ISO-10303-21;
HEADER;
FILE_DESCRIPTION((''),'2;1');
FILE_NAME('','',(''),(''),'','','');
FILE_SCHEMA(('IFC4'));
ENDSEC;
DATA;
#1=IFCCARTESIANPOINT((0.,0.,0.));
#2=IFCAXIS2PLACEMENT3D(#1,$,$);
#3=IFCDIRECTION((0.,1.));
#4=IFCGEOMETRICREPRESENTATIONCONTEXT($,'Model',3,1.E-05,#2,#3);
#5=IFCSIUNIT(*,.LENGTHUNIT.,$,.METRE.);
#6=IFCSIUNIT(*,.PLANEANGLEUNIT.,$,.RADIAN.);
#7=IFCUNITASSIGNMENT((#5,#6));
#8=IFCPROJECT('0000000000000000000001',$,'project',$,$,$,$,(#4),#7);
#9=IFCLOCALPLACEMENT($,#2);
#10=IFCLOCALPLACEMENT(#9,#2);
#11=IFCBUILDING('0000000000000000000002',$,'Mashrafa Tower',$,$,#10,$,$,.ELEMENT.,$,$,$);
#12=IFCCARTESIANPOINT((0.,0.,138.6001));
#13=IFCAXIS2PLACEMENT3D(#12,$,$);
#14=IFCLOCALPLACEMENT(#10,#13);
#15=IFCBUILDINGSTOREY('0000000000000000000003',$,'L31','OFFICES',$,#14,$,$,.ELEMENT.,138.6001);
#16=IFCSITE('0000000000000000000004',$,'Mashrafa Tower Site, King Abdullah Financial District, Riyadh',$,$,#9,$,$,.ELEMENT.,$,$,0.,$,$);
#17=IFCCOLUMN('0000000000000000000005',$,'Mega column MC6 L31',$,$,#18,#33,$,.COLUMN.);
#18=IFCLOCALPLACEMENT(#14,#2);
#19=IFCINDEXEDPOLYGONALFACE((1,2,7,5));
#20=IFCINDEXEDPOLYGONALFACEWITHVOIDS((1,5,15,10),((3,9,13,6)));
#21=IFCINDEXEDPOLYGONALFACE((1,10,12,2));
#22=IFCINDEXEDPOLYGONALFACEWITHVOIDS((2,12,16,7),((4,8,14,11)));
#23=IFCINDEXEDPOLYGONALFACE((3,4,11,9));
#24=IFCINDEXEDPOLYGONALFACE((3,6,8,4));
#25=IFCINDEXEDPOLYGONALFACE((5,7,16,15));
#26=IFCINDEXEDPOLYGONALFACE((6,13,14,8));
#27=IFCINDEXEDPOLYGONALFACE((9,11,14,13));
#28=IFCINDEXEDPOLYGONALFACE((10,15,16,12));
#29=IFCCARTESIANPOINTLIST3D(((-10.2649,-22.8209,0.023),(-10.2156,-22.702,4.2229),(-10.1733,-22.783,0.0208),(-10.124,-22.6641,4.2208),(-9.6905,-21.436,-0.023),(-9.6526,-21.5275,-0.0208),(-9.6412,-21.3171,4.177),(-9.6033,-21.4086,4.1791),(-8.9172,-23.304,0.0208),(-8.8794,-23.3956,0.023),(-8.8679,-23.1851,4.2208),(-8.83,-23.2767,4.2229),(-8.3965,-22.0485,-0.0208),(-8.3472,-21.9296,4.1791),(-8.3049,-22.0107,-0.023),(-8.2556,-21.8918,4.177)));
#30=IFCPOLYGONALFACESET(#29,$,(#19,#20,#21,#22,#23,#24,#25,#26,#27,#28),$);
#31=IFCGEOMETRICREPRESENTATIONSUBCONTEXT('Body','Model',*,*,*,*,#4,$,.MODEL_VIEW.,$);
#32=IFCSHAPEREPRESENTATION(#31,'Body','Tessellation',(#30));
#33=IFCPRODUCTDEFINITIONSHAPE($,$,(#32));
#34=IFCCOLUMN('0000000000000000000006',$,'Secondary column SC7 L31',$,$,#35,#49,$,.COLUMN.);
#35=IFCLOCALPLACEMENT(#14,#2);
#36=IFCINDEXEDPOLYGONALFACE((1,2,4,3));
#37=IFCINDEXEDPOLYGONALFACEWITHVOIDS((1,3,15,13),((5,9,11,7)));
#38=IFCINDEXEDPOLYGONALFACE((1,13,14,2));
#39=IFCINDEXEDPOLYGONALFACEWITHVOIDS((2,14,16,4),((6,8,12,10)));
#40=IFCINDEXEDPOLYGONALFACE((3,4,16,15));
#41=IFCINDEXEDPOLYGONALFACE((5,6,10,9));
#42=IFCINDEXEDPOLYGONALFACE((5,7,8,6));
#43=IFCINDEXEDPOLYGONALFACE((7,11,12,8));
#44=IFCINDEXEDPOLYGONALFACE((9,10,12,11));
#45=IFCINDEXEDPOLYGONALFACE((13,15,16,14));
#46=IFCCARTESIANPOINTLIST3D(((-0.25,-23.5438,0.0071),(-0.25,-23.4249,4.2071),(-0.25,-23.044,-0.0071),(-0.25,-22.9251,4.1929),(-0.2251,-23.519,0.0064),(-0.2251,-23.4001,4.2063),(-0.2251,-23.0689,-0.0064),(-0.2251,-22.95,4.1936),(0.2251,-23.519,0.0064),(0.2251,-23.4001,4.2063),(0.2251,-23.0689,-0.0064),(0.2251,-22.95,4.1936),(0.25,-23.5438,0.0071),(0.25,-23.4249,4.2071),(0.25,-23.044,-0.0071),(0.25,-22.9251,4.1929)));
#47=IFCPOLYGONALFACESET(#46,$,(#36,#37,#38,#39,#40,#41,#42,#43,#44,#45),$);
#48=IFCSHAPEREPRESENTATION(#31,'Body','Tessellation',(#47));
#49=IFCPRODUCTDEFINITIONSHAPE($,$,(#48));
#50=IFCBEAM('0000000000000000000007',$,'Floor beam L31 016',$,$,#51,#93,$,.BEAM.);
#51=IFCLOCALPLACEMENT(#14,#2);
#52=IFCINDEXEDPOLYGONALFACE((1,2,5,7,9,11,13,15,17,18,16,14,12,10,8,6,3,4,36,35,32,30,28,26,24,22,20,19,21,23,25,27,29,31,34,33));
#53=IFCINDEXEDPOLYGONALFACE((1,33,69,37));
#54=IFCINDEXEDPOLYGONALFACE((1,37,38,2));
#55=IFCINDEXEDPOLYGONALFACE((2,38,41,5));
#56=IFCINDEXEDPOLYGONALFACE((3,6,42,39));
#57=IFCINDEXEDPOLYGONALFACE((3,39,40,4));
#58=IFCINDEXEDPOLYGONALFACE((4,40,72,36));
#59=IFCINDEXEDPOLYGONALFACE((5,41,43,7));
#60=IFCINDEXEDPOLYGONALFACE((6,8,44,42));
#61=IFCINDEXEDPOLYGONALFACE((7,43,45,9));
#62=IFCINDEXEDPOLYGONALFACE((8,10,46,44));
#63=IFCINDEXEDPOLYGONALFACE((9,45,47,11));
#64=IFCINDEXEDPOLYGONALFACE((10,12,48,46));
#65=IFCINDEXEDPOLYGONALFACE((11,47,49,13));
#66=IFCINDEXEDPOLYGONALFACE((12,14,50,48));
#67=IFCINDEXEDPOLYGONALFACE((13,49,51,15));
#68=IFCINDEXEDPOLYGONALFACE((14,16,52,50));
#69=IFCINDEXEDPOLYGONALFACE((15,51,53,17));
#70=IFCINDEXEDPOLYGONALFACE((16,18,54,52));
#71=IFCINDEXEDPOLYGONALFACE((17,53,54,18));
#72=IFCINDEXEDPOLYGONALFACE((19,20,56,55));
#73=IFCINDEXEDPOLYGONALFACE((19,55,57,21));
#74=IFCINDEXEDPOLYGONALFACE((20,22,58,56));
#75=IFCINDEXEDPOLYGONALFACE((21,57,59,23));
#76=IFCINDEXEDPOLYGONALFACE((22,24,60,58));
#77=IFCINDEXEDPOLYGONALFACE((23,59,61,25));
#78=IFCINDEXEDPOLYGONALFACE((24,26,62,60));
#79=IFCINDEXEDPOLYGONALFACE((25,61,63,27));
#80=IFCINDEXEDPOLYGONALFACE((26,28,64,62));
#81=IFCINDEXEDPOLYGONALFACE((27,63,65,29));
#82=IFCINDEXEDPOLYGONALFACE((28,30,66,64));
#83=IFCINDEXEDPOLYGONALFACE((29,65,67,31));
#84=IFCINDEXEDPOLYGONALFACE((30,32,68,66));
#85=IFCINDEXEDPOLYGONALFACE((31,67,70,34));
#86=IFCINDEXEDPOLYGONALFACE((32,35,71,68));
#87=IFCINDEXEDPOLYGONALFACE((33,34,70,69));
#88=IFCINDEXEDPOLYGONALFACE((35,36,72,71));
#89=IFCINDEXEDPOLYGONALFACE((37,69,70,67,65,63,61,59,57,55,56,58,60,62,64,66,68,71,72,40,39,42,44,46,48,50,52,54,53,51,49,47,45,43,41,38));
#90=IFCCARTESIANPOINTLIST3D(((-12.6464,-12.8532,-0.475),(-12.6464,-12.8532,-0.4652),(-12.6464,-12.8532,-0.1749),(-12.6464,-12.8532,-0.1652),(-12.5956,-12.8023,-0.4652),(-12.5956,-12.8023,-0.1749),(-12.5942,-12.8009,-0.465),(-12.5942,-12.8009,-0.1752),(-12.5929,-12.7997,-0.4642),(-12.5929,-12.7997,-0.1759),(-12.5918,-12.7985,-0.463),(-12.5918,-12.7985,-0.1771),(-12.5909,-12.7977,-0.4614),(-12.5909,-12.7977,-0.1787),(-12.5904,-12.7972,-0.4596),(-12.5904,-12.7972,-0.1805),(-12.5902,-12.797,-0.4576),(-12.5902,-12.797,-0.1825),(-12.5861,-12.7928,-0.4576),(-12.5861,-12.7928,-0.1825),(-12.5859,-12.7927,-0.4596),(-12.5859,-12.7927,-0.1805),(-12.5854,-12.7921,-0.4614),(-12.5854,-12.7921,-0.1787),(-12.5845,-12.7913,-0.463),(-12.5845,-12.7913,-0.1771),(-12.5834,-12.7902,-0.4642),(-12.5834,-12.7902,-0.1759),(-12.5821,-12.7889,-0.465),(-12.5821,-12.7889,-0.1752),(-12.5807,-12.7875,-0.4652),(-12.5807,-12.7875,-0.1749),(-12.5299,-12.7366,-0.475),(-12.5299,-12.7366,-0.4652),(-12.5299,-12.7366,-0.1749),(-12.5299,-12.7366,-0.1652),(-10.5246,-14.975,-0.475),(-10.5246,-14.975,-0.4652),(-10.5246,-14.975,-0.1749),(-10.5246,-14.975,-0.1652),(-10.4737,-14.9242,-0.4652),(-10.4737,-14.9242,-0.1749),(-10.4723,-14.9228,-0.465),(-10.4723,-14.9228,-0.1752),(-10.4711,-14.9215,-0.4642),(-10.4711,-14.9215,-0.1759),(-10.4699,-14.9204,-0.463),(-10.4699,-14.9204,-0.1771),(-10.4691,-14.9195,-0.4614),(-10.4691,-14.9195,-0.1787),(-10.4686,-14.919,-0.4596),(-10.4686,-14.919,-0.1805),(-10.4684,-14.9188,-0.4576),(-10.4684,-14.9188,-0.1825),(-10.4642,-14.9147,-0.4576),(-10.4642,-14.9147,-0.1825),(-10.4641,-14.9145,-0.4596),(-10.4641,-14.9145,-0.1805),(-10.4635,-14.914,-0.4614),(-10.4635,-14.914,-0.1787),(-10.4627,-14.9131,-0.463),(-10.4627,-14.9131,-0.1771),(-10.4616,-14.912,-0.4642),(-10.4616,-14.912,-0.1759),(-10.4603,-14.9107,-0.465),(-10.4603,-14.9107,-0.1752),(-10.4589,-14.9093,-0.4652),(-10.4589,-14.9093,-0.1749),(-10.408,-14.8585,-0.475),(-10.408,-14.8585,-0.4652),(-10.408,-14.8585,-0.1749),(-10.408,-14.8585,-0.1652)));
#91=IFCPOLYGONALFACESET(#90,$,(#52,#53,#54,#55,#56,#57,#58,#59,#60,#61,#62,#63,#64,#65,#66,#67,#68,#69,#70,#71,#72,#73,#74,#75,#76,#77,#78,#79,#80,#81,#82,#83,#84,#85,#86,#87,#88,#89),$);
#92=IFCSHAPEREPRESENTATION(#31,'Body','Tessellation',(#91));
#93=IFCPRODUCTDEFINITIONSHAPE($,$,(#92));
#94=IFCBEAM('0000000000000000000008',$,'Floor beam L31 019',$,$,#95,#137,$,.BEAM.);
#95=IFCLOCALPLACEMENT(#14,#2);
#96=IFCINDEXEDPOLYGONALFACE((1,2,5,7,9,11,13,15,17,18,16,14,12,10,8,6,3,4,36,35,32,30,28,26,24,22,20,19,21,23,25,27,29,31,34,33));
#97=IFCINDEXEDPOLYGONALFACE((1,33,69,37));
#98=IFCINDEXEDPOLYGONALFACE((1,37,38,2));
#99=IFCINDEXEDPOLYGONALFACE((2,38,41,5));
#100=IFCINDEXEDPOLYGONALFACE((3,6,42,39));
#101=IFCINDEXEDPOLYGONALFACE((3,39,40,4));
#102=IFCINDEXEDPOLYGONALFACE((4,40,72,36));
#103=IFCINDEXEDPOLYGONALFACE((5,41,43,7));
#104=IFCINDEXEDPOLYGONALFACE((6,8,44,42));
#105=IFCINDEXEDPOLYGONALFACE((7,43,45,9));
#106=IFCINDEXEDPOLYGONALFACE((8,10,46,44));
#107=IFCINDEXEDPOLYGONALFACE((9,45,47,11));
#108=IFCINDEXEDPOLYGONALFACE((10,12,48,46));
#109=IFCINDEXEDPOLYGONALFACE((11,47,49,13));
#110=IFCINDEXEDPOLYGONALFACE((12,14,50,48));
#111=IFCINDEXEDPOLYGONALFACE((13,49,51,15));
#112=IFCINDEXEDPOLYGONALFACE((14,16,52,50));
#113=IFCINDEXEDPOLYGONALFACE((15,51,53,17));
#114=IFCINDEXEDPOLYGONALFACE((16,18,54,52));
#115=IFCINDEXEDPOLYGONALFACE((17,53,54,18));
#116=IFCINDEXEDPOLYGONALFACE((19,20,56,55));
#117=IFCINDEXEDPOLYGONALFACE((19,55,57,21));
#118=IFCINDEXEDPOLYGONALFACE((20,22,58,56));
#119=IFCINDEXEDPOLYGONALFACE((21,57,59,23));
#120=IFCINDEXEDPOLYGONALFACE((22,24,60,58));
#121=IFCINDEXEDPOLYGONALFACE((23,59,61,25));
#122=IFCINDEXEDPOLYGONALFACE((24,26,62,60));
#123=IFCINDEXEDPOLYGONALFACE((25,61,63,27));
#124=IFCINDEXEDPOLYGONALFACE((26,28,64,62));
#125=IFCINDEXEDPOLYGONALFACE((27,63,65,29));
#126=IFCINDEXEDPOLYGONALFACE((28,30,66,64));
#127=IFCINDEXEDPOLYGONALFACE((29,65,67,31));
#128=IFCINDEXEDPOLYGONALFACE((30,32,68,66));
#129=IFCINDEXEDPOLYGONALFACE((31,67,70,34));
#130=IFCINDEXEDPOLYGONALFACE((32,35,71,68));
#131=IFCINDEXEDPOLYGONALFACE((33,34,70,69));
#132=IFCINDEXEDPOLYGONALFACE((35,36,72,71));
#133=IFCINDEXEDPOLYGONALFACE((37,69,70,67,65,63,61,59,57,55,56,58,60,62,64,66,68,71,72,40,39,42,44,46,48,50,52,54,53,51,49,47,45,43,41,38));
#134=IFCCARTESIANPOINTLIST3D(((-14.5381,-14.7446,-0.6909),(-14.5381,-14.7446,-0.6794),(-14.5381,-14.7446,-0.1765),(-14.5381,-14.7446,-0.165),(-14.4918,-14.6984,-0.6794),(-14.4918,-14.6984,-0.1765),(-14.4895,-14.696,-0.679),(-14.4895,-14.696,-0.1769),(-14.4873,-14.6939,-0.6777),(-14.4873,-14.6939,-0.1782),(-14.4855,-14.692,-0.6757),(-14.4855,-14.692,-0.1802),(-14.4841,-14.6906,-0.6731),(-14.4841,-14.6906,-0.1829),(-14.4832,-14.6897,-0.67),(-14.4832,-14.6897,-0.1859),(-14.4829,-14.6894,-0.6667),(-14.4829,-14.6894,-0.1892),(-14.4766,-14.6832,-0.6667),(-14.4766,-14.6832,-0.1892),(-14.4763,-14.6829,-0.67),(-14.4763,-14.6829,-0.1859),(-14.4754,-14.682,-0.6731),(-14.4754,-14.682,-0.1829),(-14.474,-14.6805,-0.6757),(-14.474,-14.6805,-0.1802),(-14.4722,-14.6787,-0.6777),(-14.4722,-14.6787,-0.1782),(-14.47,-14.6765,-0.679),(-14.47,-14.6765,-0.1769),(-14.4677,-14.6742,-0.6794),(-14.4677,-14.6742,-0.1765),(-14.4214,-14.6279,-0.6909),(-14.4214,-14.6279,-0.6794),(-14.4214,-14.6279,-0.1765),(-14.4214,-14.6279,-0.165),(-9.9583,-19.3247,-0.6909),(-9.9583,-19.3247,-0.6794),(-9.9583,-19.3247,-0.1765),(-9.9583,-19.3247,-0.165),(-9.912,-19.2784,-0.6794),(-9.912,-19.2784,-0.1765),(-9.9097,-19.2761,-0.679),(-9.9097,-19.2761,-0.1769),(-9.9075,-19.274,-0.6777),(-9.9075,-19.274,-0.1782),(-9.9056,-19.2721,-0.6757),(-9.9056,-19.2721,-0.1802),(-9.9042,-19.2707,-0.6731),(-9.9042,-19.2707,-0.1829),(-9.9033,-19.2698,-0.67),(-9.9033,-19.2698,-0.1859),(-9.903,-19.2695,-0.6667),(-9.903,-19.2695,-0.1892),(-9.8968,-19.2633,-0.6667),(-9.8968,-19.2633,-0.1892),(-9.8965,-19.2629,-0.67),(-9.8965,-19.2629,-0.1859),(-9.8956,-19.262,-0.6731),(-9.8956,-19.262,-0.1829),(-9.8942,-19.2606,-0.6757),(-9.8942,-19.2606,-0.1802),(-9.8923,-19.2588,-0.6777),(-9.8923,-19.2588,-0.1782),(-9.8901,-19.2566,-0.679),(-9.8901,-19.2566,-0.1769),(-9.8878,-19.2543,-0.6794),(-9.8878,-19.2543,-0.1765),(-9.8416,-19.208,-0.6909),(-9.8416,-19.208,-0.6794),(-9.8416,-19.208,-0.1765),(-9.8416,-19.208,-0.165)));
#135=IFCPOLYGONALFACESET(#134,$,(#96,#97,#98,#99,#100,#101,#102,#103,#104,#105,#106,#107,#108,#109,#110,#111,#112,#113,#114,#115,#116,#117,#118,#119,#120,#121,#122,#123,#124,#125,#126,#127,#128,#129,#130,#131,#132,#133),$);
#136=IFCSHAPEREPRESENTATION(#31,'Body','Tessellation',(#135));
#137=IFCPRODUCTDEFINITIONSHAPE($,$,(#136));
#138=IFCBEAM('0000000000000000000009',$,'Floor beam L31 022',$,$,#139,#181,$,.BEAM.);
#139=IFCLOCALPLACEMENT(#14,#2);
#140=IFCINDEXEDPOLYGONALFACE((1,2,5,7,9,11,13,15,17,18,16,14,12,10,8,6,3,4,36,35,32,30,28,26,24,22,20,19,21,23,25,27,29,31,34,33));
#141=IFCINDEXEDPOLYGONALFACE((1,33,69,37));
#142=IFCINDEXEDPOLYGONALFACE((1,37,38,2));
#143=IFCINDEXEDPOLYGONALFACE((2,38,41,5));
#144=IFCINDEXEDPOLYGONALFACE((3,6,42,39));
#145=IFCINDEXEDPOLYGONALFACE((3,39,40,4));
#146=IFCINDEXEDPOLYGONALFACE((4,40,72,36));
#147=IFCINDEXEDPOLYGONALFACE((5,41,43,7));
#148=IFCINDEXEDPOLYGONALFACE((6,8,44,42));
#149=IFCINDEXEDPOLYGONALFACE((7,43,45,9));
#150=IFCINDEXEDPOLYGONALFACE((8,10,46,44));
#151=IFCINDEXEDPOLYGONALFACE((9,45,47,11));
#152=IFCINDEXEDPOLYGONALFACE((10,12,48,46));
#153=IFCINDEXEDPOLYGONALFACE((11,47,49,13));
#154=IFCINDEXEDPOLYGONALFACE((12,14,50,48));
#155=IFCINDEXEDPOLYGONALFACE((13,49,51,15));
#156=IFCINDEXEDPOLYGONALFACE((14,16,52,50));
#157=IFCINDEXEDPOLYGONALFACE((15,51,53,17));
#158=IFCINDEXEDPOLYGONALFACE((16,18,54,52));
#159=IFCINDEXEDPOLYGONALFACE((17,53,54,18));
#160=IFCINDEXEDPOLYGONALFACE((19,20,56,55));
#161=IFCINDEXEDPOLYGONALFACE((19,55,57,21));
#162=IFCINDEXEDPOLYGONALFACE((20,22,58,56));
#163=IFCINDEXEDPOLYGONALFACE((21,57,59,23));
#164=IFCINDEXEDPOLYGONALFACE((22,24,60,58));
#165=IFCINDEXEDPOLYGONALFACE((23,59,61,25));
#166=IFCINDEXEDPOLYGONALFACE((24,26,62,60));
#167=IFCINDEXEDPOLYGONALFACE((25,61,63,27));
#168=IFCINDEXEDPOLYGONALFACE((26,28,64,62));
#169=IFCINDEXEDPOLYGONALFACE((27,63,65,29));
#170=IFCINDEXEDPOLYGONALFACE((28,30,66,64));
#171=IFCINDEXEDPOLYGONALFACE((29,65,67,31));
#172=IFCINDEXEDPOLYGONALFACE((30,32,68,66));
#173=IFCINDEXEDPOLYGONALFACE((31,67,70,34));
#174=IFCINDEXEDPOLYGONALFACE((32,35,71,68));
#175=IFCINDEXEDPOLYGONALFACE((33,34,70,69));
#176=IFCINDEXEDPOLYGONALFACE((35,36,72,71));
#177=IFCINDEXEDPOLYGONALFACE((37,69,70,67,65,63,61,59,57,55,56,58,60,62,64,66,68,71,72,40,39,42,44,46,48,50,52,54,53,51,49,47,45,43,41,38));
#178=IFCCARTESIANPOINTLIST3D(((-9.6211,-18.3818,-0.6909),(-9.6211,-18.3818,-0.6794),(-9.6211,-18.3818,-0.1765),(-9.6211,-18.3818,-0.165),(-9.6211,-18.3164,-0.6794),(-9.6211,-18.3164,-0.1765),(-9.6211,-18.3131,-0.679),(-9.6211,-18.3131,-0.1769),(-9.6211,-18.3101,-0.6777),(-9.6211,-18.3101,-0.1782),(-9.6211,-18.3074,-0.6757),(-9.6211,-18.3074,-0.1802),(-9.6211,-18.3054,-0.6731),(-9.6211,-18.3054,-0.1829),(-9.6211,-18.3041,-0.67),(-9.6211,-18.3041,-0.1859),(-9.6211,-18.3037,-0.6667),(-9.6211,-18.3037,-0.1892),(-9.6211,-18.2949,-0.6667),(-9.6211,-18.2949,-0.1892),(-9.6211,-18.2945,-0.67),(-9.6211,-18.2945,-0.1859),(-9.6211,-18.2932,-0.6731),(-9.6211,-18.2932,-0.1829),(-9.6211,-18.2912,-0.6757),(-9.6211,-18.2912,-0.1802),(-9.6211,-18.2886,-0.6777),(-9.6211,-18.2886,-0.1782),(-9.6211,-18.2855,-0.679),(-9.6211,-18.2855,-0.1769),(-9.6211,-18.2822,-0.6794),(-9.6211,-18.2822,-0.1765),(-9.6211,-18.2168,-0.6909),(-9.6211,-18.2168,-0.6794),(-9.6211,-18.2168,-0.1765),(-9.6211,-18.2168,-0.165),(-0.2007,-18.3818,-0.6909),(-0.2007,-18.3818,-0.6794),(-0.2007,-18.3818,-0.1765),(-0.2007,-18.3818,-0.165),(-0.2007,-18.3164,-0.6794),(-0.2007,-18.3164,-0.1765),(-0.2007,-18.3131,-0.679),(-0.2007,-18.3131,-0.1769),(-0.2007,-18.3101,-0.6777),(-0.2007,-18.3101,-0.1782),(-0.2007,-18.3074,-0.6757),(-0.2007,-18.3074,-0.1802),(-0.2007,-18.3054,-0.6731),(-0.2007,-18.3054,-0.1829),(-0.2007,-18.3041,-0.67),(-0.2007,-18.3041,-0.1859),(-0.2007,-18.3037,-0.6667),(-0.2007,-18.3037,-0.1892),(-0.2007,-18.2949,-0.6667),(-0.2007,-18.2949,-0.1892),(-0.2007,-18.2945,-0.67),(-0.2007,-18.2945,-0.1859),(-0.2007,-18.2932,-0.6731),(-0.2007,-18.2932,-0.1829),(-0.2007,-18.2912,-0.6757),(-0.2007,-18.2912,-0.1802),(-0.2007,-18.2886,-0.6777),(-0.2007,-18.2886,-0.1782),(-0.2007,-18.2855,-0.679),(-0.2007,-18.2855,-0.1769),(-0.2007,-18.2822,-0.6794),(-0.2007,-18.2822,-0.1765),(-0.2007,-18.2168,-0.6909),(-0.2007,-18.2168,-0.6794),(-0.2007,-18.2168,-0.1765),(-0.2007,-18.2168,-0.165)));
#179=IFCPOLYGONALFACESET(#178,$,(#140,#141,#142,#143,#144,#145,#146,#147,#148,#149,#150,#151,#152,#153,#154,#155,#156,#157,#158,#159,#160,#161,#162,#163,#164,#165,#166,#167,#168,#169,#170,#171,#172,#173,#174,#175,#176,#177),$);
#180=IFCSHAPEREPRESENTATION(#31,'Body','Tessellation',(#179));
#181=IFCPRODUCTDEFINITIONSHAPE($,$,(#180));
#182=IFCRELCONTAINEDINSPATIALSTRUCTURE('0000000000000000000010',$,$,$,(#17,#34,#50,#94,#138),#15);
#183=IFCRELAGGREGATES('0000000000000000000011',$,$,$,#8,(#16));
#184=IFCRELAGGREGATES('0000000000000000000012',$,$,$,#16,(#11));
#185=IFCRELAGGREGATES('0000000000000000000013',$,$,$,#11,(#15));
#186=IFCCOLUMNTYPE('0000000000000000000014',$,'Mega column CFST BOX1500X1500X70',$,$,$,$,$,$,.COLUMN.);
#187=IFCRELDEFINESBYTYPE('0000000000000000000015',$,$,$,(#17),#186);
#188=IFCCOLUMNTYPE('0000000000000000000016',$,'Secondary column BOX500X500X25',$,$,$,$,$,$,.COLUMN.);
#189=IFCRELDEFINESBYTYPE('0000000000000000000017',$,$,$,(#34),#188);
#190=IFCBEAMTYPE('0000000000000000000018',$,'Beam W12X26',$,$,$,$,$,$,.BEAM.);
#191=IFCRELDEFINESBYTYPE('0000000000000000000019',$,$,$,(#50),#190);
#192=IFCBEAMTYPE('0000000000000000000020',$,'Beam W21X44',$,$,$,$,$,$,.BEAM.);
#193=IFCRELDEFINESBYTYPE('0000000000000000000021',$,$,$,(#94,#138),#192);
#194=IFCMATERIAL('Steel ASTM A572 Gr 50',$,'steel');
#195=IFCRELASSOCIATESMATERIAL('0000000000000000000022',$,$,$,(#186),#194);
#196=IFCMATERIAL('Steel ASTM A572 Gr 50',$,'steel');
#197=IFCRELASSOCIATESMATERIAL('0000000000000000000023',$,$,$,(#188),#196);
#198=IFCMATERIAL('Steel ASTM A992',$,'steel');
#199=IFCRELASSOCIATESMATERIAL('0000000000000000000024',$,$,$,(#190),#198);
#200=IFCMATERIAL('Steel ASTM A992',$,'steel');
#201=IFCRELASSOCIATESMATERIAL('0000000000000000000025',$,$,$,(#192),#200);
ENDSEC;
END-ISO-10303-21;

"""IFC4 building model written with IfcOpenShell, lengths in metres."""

from ifc_helpers import new_model, si_unit, direction, frame, origin, origin_2d, place, context, subcontext, project, spatial, hollow_rectangle, i_section, extrude, material, material_profile, profile_set, type_object, element, save


model = new_model("IFC4")

# Units and contexts
model_context = context("Model", 3, precision=1e-05, world=origin(), true_north=direction((0.0, 1.0)))
body_context = subcontext(model_context, "Body", "Model", "MODEL_VIEW")
ifc_project = project(units=[si_unit("LENGTHUNIT", "METRE"), si_unit("PLANEANGLEUNIT", "RADIAN")], contexts=[model_context])

# Site, building, storey
site_placement = place(None, origin())
site = spatial("IfcSite", under=ifc_project, at=site_placement, Name="Mashrafa Tower Site, King Abdullah Financial District, Riyadh", CompositionType="ELEMENT", RefElevation=0.0)
building_placement = place(site_placement, origin())
building = spatial("IfcBuilding", under=site, at=building_placement, Name="Mashrafa Tower", CompositionType="ELEMENT")
storey_placement = place(building_placement, frame((0.0, 0.0, 138.6001)))
storey = spatial("IfcBuildingStorey", under=building, at=storey_placement, Name="L31", Description="OFFICES", CompositionType="ELEMENT", Elevation=138.6001)

# Columns
ifc_material_1 = material(Name="Steel ASTM A572 Gr 50", Category="steel")
ifc_material_profile_1 = material_profile(ifc_material_1, hollow_rectangle(XDim=1.5, YDim=1.5, WallThickness=0.0701, at=origin_2d()), Name="BOX1500X1500X70")
ifc_profile_set_1 = profile_set([ifc_material_profile_1], Name="Steel ASTM A572 Gr 50")
column_type_1 = type_object("IfcColumnType", Name="Mega column CFST BOX1500X1500X70", PredefinedType="COLUMN", material=ifc_profile_set_1)
column_1_placement = place(storey_placement, frame((-9.2849, -22.4158, 0.0), z_axis=(0.011737, 0.028296, 0.999531), x_axis=(-0.923693, 0.383133, 0.0)))
element("IfcColumn", 1, at=column_1_placement, inside=storey, type_object=column_type_1, Name="Mega column MC6 L31", PredefinedType="COLUMN", context=body_context, shape_type="SweptSolid", body=[
    extrude(hollow_rectangle(XDim=1.5, YDim=1.5, WallThickness=0.0701, at=origin_2d()), origin(), (0.0, 0.0, 1.0), 4.2019),
])
ifc_material_2 = material(Name="Steel ASTM A572 Gr 50", Category="steel")
ifc_material_profile_2 = material_profile(ifc_material_2, hollow_rectangle(XDim=0.5, YDim=0.5, WallThickness=0.0249, at=origin_2d()), Name="BOX500X500X25")
ifc_profile_set_2 = profile_set([ifc_material_profile_2], Name="Steel ASTM A572 Gr 50")
column_type_2 = type_object("IfcColumnType", Name="Secondary column BOX500X500X25", PredefinedType="COLUMN", material=ifc_profile_set_2)
column_2_placement = place(storey_placement, frame((0.0, -23.2939, 0.0), z_axis=(0.0, 0.028298, 0.9996), x_axis=(-1.0, 0.0, 0.0)))
element("IfcColumn", 2, at=column_2_placement, inside=storey, type_object=column_type_2, Name="Secondary column SC7 L31", PredefinedType="COLUMN", context=body_context, shape_type="SweptSolid", body=[
    extrude(hollow_rectangle(XDim=0.5, YDim=0.5, WallThickness=0.0249, at=origin_2d()), origin(), (0.0, 0.0, 1.0), 4.2017),
])

# Beams
ifc_material_3 = material(Name="Steel ASTM A992", Category="steel")
ifc_material_profile_3 = material_profile(ifc_material_3, i_section(OverallWidth=0.1648, OverallDepth=0.3098, WebThickness=0.0059, FlangeThickness=0.0098, FilletRadius=0.0076, at=origin_2d()), Name="W12X26")
ifc_profile_set_3 = profile_set([ifc_material_profile_3], Name="Steel ASTM A992")
beam_type_1 = type_object("IfcBeamType", Name="Beam W12X26", PredefinedType="BEAM", material=ifc_profile_set_3)
beam_1_placement = place(storey_placement, frame((-10.4663, -14.9167, -0.3201), z_axis=(-0.707107, 0.707107, 0.0), x_axis=(-0.707107, -0.707107, 0.0)))
element("IfcBeam", 3, at=beam_1_placement, inside=storey, type_object=beam_type_1, Name="Floor beam L31 016", PredefinedType="BEAM", context=body_context, shape_type="SweptSolid", body=[
    extrude(i_section(OverallWidth=0.1648, OverallDepth=0.3098, WebThickness=0.0059, FlangeThickness=0.0098, FilletRadius=0.0076, at=origin_2d()), origin(), (0.0, 0.0, 1.0), 3.0007),
])
ifc_material_4 = material(Name="Steel ASTM A992", Category="steel")
ifc_material_profile_4 = material_profile(ifc_material_4, i_section(OverallWidth=0.165, OverallDepth=0.5259, WebThickness=0.0088, FlangeThickness=0.0115, FilletRadius=0.0127, at=origin_2d()), Name="W21X44")
ifc_profile_set_4 = profile_set([ifc_material_profile_4], Name="Steel ASTM A992")
beam_type_2 = type_object("IfcBeamType", Name="Beam W21X44", PredefinedType="BEAM", material=ifc_profile_set_4)
beam_2_placement = place(storey_placement, frame((-9.8999, -19.2664, -0.428), z_axis=(-0.707088, 0.707126, 0.0), x_axis=(-0.707126, -0.707088, 0.0)))
element("IfcBeam", 4, at=beam_2_placement, inside=storey, type_object=beam_type_2, Name="Floor beam L31 019", PredefinedType="BEAM", context=body_context, shape_type="SweptSolid", body=[
    extrude(i_section(OverallWidth=0.165, OverallDepth=0.5259, WebThickness=0.0088, FlangeThickness=0.0115, FilletRadius=0.0127, at=origin_2d()), origin(), (0.0, 0.0, 1.0), 6.4771),
])
beam_3_placement = place(storey_placement, frame((-0.2007, -18.2993, -0.428), z_axis=(-1.0, 0.0, 0.0), x_axis=(0.0, -1.0, 0.0)))
element("IfcBeam", 5, at=beam_3_placement, inside=storey, type_object=beam_type_2, Name="Floor beam L31 022", PredefinedType="BEAM", context=body_context, shape_type="SweptSolid", body=[
    extrude(i_section(OverallWidth=0.165, OverallDepth=0.5259, WebThickness=0.0088, FlangeThickness=0.0115, FilletRadius=0.0127, at=origin_2d()), origin(), (0.0, 0.0, 1.0), 9.4204),
])

save(model, "model.ifc")
